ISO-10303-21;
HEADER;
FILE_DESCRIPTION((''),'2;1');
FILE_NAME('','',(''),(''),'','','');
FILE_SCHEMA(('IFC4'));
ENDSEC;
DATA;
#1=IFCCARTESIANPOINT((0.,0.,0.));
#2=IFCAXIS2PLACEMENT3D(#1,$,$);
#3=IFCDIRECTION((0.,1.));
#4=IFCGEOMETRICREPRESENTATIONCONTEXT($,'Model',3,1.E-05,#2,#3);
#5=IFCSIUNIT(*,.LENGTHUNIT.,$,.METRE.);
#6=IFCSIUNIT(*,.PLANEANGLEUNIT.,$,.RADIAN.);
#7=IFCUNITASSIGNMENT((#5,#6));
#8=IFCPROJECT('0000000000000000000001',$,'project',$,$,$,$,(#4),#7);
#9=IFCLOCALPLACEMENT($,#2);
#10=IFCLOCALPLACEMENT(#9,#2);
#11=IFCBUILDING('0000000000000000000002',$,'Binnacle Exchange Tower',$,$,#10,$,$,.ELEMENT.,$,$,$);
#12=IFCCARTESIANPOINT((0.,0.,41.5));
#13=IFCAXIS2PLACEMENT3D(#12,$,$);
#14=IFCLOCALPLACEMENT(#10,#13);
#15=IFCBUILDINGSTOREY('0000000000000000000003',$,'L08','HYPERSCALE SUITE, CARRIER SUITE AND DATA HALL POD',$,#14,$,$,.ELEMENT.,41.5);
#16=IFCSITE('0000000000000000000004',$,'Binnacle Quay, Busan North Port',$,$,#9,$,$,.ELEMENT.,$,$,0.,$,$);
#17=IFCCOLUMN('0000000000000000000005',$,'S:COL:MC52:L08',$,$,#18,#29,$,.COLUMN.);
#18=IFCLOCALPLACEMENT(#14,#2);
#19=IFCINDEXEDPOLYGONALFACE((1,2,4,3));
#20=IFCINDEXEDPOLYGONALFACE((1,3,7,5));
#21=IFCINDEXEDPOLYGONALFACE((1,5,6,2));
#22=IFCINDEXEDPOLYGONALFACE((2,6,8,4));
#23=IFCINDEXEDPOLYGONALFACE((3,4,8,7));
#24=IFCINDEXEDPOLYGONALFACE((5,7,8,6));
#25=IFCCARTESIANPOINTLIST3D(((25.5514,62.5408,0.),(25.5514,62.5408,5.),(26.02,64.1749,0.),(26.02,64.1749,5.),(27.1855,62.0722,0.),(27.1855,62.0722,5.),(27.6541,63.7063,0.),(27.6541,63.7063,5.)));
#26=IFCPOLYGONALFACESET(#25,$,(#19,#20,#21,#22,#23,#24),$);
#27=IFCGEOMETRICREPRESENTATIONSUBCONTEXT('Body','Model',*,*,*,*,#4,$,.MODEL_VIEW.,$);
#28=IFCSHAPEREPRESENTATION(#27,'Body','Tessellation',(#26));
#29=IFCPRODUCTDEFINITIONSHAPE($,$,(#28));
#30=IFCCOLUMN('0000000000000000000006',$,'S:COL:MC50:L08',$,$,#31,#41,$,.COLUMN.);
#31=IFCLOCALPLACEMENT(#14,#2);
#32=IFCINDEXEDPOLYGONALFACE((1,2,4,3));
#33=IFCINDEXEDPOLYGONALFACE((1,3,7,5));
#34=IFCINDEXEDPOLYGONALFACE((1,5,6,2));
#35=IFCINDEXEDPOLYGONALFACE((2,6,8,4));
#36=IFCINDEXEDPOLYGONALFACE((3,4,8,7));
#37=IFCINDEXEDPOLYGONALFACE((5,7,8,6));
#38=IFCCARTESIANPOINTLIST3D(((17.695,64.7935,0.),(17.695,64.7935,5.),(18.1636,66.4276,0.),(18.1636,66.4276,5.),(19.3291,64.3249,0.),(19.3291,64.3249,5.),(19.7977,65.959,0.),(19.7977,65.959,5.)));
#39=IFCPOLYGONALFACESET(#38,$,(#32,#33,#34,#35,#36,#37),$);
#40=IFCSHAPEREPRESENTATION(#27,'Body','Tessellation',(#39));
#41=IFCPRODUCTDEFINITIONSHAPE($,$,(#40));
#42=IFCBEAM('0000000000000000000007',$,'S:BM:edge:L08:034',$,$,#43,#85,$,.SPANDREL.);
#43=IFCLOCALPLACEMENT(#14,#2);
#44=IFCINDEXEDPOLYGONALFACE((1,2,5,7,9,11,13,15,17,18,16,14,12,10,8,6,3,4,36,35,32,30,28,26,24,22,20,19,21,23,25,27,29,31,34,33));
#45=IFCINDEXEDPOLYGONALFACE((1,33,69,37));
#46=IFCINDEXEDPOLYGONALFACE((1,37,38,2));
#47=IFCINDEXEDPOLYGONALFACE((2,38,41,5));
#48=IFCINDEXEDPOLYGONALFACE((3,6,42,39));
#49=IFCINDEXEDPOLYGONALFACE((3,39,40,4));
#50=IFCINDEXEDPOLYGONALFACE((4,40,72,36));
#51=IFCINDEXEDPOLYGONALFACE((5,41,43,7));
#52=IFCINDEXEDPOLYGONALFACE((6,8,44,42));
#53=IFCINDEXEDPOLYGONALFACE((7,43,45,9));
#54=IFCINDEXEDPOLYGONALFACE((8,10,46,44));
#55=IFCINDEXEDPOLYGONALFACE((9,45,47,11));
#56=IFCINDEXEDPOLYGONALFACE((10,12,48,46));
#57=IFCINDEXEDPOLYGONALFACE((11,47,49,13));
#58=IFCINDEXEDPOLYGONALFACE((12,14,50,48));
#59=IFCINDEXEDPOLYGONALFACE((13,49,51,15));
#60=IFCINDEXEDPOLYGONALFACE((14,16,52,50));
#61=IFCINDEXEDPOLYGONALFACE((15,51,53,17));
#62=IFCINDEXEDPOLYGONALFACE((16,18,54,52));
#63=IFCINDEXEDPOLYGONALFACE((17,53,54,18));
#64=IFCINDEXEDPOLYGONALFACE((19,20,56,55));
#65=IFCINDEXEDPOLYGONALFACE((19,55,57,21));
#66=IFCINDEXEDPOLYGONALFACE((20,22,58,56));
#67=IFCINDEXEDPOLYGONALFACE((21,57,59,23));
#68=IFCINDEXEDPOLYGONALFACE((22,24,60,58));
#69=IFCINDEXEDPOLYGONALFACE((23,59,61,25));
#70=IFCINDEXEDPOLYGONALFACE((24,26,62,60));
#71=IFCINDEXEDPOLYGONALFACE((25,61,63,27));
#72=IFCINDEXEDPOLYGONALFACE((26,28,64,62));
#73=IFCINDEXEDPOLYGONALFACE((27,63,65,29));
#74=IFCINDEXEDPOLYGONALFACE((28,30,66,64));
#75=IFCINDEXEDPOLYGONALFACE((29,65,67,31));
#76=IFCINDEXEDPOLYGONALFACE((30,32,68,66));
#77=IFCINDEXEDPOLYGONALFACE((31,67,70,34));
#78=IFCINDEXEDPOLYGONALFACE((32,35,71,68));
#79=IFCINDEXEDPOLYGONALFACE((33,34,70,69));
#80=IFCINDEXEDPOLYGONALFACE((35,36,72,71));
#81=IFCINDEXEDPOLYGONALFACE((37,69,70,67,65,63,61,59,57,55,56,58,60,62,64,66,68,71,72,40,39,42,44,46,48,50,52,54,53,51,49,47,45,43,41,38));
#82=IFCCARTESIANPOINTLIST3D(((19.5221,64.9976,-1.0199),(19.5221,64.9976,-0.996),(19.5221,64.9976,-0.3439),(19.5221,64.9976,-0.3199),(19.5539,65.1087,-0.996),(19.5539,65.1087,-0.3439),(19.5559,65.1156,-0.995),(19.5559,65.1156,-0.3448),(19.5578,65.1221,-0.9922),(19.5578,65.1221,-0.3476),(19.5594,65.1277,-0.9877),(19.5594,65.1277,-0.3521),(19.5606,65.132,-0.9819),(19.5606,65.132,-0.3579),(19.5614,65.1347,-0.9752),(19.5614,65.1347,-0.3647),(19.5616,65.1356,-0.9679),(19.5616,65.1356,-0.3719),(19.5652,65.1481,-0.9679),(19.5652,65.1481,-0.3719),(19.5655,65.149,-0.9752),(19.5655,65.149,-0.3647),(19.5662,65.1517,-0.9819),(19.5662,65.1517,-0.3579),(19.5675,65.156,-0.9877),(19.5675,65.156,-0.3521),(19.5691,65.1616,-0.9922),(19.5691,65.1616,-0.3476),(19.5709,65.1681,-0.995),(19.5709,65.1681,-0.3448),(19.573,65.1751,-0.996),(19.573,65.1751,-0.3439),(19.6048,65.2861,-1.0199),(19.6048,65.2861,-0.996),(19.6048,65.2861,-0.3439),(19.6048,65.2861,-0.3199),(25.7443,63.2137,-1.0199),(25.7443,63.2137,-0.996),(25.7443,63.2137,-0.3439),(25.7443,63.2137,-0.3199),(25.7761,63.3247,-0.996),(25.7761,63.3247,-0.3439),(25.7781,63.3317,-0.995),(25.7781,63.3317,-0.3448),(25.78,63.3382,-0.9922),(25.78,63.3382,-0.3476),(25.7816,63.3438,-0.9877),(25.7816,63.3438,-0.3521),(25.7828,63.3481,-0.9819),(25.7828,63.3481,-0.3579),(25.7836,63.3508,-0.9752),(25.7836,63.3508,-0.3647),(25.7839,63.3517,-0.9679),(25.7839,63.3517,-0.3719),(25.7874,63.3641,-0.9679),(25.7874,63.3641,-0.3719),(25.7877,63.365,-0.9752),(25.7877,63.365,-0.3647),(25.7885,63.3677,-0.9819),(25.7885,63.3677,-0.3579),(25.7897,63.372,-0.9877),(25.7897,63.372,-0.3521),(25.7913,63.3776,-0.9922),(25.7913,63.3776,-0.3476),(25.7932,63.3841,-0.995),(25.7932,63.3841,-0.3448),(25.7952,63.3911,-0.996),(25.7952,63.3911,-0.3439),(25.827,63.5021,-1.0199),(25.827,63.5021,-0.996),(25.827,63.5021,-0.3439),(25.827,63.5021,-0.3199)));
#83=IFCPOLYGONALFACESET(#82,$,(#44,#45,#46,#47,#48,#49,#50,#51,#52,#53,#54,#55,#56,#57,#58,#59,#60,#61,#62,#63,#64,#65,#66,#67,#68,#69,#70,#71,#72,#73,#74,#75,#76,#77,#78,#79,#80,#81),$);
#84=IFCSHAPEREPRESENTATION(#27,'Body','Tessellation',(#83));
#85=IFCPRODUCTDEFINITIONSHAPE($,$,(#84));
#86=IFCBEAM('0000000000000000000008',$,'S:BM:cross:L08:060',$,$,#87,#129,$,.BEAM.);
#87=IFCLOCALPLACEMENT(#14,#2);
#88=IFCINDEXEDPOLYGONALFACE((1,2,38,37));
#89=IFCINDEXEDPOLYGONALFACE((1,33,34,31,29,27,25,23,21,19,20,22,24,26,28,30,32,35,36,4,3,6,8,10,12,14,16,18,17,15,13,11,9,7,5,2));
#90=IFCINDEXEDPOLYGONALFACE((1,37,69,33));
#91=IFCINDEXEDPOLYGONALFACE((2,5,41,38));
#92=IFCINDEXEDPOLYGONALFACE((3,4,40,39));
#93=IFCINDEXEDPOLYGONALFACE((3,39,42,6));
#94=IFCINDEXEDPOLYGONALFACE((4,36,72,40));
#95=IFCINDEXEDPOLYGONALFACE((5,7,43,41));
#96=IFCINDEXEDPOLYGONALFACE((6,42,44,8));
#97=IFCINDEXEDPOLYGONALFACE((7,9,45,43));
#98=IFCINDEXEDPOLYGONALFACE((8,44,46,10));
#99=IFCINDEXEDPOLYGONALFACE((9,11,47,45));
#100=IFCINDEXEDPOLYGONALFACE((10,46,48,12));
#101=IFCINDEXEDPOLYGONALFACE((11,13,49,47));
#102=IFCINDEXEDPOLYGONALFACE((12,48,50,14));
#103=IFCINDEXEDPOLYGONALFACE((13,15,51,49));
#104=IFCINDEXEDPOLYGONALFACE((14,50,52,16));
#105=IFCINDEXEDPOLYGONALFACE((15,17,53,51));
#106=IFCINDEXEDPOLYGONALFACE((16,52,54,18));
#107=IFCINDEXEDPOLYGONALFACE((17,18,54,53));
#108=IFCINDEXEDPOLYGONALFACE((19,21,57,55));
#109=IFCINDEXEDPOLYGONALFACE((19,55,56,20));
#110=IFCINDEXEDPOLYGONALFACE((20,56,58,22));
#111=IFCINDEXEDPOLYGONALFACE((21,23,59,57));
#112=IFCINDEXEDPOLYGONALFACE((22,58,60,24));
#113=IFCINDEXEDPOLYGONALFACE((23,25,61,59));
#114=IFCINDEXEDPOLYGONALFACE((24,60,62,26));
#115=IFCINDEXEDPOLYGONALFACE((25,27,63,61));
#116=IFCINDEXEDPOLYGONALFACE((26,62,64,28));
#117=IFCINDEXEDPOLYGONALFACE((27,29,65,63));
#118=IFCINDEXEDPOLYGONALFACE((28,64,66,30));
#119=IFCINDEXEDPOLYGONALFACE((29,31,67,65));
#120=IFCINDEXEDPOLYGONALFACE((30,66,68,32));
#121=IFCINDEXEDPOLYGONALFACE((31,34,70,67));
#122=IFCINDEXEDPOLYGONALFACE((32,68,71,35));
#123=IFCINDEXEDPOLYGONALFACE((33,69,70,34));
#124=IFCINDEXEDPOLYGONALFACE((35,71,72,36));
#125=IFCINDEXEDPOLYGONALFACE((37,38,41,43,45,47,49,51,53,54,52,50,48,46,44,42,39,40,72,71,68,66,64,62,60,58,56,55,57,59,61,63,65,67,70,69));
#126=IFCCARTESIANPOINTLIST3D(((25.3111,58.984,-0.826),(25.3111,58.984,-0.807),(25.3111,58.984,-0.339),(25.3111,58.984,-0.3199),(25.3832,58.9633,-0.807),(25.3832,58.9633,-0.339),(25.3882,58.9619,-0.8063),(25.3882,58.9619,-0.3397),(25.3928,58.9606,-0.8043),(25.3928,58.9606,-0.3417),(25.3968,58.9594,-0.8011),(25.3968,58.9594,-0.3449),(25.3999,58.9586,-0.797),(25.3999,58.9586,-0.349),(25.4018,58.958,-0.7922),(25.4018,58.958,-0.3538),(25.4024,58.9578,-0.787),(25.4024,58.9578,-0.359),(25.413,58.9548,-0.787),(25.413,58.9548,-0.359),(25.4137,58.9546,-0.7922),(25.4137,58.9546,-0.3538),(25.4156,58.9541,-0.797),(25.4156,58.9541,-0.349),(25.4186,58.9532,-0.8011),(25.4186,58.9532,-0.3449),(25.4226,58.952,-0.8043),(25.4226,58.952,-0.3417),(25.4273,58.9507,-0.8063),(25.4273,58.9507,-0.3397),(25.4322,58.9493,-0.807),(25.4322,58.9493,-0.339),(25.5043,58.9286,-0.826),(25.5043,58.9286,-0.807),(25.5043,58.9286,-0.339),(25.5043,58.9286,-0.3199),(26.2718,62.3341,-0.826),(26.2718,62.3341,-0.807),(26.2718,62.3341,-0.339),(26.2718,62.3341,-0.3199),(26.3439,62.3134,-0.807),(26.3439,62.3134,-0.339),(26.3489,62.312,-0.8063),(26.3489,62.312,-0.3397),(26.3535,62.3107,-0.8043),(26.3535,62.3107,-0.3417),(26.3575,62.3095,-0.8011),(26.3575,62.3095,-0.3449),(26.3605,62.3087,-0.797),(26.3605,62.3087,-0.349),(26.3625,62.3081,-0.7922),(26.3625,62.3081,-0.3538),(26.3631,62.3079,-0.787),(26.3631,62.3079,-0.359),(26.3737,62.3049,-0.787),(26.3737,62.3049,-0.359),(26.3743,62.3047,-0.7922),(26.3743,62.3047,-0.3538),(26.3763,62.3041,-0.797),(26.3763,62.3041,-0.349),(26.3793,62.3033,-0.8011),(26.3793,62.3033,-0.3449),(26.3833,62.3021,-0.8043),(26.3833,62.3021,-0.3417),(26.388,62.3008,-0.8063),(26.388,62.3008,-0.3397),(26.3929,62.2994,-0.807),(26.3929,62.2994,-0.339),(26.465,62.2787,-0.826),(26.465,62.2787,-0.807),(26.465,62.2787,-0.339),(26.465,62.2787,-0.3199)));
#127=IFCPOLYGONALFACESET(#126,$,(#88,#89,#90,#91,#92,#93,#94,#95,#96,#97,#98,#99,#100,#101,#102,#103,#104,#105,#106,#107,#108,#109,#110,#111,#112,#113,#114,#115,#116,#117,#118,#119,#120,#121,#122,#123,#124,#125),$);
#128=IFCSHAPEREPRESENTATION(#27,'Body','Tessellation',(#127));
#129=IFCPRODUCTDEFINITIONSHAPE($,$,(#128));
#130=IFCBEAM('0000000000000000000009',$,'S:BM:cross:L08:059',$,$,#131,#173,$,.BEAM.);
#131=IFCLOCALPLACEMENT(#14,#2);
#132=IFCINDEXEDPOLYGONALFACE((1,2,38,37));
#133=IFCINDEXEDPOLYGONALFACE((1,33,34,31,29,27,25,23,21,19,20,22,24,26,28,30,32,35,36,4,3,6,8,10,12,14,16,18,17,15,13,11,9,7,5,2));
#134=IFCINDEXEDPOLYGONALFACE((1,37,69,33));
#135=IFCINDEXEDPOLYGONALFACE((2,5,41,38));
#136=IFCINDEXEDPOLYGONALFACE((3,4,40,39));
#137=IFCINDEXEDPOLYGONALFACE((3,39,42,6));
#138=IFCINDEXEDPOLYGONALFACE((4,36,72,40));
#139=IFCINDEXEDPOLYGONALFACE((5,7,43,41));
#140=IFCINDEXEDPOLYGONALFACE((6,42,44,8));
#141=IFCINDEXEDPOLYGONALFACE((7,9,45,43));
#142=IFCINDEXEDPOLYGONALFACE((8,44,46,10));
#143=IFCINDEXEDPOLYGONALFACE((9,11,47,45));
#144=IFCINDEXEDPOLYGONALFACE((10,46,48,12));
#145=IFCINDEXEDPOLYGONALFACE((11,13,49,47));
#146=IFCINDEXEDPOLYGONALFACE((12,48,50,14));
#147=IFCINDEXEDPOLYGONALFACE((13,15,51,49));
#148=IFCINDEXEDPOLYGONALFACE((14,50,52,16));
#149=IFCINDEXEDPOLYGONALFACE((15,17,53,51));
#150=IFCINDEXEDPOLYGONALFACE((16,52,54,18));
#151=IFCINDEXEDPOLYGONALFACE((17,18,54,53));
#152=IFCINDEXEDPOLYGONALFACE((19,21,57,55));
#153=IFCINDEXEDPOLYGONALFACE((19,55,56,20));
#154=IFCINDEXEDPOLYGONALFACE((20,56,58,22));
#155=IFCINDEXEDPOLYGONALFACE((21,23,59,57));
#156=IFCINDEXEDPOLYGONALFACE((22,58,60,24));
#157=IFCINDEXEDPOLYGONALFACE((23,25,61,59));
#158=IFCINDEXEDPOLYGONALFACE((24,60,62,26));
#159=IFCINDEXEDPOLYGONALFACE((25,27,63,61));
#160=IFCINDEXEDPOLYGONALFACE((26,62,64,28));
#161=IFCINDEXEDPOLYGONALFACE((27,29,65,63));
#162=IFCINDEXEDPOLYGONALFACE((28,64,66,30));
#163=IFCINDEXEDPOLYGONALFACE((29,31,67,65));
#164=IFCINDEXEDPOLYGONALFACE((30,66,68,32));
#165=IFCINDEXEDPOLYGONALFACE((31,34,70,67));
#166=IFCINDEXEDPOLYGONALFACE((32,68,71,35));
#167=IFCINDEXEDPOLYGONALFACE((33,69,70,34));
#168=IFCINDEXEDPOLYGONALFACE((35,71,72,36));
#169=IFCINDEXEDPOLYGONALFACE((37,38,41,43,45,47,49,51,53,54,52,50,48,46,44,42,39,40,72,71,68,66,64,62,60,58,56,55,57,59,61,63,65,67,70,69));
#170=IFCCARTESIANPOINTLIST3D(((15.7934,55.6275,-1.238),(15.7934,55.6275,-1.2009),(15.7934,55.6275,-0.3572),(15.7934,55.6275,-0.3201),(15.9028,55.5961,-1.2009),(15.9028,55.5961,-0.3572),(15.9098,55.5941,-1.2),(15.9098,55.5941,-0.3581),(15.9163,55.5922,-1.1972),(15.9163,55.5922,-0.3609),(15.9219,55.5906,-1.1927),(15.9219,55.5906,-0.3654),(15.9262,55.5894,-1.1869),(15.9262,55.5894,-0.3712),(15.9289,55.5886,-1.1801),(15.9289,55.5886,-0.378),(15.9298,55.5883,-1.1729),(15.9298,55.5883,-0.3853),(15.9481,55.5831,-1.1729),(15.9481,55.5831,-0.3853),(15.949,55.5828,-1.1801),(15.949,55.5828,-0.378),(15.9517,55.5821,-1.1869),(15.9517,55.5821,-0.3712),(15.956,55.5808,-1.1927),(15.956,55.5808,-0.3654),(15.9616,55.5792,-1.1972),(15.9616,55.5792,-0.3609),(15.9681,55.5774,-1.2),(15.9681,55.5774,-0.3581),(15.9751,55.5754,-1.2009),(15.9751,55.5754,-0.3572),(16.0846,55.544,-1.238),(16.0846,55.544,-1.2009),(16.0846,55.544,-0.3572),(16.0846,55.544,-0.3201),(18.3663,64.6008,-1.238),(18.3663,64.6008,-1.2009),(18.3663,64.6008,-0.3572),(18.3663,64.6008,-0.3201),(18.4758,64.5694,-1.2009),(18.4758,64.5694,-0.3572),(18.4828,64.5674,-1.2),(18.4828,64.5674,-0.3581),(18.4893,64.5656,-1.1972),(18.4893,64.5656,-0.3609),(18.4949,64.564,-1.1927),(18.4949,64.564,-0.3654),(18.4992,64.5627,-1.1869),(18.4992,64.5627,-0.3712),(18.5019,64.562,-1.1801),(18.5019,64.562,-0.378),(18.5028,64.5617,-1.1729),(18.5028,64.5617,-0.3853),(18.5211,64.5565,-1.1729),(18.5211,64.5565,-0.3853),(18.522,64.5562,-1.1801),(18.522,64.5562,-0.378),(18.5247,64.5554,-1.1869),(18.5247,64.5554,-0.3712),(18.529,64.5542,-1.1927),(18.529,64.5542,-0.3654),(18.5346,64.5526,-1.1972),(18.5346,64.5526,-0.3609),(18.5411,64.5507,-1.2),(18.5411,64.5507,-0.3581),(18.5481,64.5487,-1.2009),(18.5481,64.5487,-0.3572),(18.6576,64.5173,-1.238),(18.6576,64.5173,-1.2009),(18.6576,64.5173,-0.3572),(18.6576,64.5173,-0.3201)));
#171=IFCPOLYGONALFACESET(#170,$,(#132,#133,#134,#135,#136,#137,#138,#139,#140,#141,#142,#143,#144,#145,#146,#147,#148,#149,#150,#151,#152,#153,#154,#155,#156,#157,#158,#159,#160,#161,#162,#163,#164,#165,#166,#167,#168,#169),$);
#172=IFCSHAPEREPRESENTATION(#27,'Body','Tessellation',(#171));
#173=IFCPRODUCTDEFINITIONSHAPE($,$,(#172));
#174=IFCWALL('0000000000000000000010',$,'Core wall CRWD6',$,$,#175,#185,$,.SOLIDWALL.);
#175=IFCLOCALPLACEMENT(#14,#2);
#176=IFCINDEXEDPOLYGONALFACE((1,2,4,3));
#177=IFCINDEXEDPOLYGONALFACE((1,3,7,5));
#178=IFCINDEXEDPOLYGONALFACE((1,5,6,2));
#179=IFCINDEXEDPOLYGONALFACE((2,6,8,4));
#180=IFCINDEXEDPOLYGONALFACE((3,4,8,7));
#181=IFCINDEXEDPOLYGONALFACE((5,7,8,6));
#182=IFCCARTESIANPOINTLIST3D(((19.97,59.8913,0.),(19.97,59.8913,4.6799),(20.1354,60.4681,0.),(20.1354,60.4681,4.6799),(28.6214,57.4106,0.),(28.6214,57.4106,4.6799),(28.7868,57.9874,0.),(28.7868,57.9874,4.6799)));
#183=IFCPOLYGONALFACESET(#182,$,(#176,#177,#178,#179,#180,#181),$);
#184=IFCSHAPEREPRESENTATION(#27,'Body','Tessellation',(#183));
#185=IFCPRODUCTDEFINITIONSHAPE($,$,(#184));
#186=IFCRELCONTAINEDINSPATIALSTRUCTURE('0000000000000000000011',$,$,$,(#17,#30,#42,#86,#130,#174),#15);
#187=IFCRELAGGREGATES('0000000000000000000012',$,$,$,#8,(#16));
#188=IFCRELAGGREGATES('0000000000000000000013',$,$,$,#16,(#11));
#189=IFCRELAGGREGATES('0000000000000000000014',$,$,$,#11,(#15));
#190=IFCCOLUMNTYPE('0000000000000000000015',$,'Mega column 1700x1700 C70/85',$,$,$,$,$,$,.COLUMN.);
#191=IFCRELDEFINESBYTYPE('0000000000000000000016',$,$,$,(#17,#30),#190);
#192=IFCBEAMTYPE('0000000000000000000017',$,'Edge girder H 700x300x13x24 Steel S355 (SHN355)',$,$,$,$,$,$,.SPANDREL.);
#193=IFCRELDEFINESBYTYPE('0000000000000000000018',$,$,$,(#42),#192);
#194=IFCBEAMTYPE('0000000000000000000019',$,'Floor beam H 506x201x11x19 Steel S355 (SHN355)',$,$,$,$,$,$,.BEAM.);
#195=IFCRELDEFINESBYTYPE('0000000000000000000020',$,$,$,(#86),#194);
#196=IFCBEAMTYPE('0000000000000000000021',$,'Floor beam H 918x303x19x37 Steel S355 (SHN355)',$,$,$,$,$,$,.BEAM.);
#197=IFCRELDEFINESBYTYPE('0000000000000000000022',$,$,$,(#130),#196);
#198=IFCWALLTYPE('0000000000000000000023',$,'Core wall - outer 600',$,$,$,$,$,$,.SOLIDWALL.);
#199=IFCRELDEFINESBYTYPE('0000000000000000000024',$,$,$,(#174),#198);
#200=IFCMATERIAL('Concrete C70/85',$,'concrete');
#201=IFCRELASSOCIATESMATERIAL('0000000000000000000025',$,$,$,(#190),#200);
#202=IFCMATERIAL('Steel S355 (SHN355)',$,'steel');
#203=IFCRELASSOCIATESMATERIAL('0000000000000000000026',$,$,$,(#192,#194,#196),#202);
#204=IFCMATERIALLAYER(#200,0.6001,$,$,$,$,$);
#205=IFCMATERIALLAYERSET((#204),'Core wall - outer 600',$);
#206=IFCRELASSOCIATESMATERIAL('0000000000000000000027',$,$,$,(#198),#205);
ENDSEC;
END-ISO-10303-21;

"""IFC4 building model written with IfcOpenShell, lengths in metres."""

from ifc_helpers import new_model, si_unit, direction, frame, frame_2d, origin, origin_2d, place, context, subcontext, project, spatial, rectangle, i_section, extrude, material, layer, layer_set, material_profile, profile_set, type_object, element, save


model = new_model("IFC4")

# Units and contexts
model_context = context("Model", 3, precision=1e-05, world=origin(), true_north=direction((0.0, 1.0)))
body_context = subcontext(model_context, "Body", "Model", "MODEL_VIEW")
ifc_project = project(units=[si_unit("LENGTHUNIT", "METRE"), si_unit("PLANEANGLEUNIT", "RADIAN")], contexts=[model_context])

# Site, building, storey
site_placement = place(None, origin())
site = spatial("IfcSite", under=ifc_project, at=site_placement, Name="Binnacle Quay, Busan North Port", CompositionType="ELEMENT", RefElevation=0.0)
building_placement = place(site_placement, origin())
building = spatial("IfcBuilding", under=site, at=building_placement, Name="Binnacle Exchange Tower", CompositionType="ELEMENT")
storey_placement = place(building_placement, frame((0.0, 0.0, 41.5)))
storey = spatial("IfcBuildingStorey", under=building, at=storey_placement, Name="L08", Description="HYPERSCALE SUITE, CARRIER SUITE AND DATA HALL POD", CompositionType="ELEMENT", Elevation=41.5)

# Columns
ifc_material_1 = material(Name="Concrete C70/85", Category="concrete")
ifc_material_profile_1 = material_profile(ifc_material_1, rectangle(XDim=1.7, YDim=1.7, at=origin_2d()), Name="Mega column 1700x1700 C70/85")
ifc_profile_set_1 = profile_set([ifc_material_profile_1], Name="Concrete C70/85")
column_type = type_object("IfcColumnType", Name="Mega column 1700x1700 C70/85", PredefinedType="COLUMN", material=ifc_profile_set_1)
for number, where, z_axis, x_axis, name in (
    (1, (26.6028, 63.1235, 0.0), (0.0, 0.0, 1.0), (-0.961262, 0.275637, 0.0), "S:COL:MC52:L08"),
    (2, (18.7463, 65.3762, 0.0), (0.0, 0.0, 1.0), (-0.961262, 0.275637, 0.0), "S:COL:MC50:L08"),
):
    element("IfcColumn", number, at=place(storey_placement, frame(where, z_axis=z_axis, x_axis=x_axis)), inside=storey, type_object=column_type, Name=name, PredefinedType="COLUMN", context=body_context, shape_type="SweptSolid", body=[
        extrude(rectangle(XDim=1.7, YDim=1.7, at=origin_2d()), origin(), (0.0, 0.0, 1.0), 5.0),
    ])

# Beams
ifc_material_2 = material(Name="Steel S355 (SHN355)", Category="steel")
ifc_material_profile_2 = material_profile(ifc_material_2, i_section(OverallWidth=0.3, OverallDepth=0.7, WebThickness=0.0129, FlangeThickness=0.0239, FilletRadius=0.0281, at=origin_2d()), Name="H 700x300x13x24")
ifc_profile_set_2 = profile_set([ifc_material_profile_2], Name="Steel S355 (SHN355)")
beam_type_1 = type_object("IfcBeamType", Name="Edge girder H 700x300x13x24 Steel S355 (SHN355)", PredefinedType="SPANDREL", material=ifc_profile_set_2)
beam_1_placement = place(storey_placement, frame((25.7856, 63.3579, -0.6699), z_axis=(-0.961272, 0.275603, 0.0), x_axis=(-0.275603, -0.961272, 0.0)))
element("IfcBeam", 3, at=beam_1_placement, inside=storey, type_object=beam_type_1, Name="S:BM:edge:L08:034", PredefinedType="SPANDREL", context=body_context, shape_type="SweptSolid", body=[
    extrude(i_section(OverallWidth=0.3, OverallDepth=0.7, WebThickness=0.0129, FlangeThickness=0.0239, FilletRadius=0.0281, at=origin_2d()), origin(), (0.0, 0.0, 1.0), 6.4729),
])
ifc_material_profile_3 = material_profile(ifc_material_2, i_section(OverallWidth=0.2009, OverallDepth=0.5061, WebThickness=0.011, FlangeThickness=0.019, FilletRadius=0.02, at=origin_2d()), Name="H 506x201x11x19")
ifc_profile_set_3 = profile_set([ifc_material_profile_3], Name="Steel S355 (SHN355)")
beam_type_2 = type_object("IfcBeamType", Name="Floor beam H 506x201x11x19 Steel S355 (SHN355)", PredefinedType="BEAM", material=ifc_profile_set_3)
beam_2_placement = place(storey_placement, frame((26.3684, 62.3064, -0.573), z_axis=(-0.275655, -0.961257, 0.0), x_axis=(0.961257, -0.275655, 0.0)))
element("IfcBeam", 4, at=beam_2_placement, inside=storey, type_object=beam_type_2, Name="S:BM:cross:L08:060", PredefinedType="BEAM", context=body_context, shape_type="SweptSolid", body=[
    extrude(i_section(OverallWidth=0.2009, OverallDepth=0.5061, WebThickness=0.011, FlangeThickness=0.019, FilletRadius=0.02, at=origin_2d()), origin(), (0.0, 0.0, 1.0), 3.4851),
])
ifc_material_profile_4 = material_profile(ifc_material_2, i_section(OverallWidth=0.303, OverallDepth=0.918, WebThickness=0.019, FlangeThickness=0.0371, FilletRadius=0.0281, at=origin_2d()), Name="H 918x303x19x37")
ifc_profile_set_4 = profile_set([ifc_material_profile_4], Name="Steel S355 (SHN355)")
beam_type_3 = type_object("IfcBeamType", Name="Floor beam H 918x303x19x37 Steel S355 (SHN355)", PredefinedType="BEAM", material=ifc_profile_set_4)
beam_3_placement = place(storey_placement, frame((18.512, 64.5591, -0.7791), z_axis=(-0.275629, -0.961264, 0.0), x_axis=(0.961264, -0.275629, 0.0)))
element("IfcBeam", 5, at=beam_3_placement, inside=storey, type_object=beam_type_3, Name="S:BM:cross:L08:059", PredefinedType="BEAM", context=body_context, shape_type="SweptSolid", body=[
    extrude(i_section(OverallWidth=0.303, OverallDepth=0.918, WebThickness=0.019, FlangeThickness=0.0371, FilletRadius=0.0281, at=origin_2d()), origin(), (0.0, 0.0, 1.0), 9.335),
])

# Wall
ifc_layer_1 = layer(ifc_material_1, 0.6001)
ifc_layer_set_1 = layer_set([ifc_layer_1], Name="Core wall - outer 600")
wall_type_1 = type_object("IfcWallType", Name="Core wall - outer 600", PredefinedType="SOLIDWALL", material=ifc_layer_set_1)
wall_1_placement = place(storey_placement, frame((20.0527, 60.1797, 0.0), z_axis=(0.0, 0.0, 1.0), x_axis=(0.961262, -0.275635, 0.0)))
element("IfcWall", 6, at=wall_1_placement, inside=storey, type_object=wall_type_1, Name="Core wall CRWD6", PredefinedType="SOLIDWALL", context=body_context, shape_type="SweptSolid", body=[
    extrude(rectangle(XDim=9.0, YDim=0.6001, at=frame_2d((4.5, 0.0))), origin(), (0.0, 0.0, 1.0), 4.6799),
])

save(model, "model.ifc")
